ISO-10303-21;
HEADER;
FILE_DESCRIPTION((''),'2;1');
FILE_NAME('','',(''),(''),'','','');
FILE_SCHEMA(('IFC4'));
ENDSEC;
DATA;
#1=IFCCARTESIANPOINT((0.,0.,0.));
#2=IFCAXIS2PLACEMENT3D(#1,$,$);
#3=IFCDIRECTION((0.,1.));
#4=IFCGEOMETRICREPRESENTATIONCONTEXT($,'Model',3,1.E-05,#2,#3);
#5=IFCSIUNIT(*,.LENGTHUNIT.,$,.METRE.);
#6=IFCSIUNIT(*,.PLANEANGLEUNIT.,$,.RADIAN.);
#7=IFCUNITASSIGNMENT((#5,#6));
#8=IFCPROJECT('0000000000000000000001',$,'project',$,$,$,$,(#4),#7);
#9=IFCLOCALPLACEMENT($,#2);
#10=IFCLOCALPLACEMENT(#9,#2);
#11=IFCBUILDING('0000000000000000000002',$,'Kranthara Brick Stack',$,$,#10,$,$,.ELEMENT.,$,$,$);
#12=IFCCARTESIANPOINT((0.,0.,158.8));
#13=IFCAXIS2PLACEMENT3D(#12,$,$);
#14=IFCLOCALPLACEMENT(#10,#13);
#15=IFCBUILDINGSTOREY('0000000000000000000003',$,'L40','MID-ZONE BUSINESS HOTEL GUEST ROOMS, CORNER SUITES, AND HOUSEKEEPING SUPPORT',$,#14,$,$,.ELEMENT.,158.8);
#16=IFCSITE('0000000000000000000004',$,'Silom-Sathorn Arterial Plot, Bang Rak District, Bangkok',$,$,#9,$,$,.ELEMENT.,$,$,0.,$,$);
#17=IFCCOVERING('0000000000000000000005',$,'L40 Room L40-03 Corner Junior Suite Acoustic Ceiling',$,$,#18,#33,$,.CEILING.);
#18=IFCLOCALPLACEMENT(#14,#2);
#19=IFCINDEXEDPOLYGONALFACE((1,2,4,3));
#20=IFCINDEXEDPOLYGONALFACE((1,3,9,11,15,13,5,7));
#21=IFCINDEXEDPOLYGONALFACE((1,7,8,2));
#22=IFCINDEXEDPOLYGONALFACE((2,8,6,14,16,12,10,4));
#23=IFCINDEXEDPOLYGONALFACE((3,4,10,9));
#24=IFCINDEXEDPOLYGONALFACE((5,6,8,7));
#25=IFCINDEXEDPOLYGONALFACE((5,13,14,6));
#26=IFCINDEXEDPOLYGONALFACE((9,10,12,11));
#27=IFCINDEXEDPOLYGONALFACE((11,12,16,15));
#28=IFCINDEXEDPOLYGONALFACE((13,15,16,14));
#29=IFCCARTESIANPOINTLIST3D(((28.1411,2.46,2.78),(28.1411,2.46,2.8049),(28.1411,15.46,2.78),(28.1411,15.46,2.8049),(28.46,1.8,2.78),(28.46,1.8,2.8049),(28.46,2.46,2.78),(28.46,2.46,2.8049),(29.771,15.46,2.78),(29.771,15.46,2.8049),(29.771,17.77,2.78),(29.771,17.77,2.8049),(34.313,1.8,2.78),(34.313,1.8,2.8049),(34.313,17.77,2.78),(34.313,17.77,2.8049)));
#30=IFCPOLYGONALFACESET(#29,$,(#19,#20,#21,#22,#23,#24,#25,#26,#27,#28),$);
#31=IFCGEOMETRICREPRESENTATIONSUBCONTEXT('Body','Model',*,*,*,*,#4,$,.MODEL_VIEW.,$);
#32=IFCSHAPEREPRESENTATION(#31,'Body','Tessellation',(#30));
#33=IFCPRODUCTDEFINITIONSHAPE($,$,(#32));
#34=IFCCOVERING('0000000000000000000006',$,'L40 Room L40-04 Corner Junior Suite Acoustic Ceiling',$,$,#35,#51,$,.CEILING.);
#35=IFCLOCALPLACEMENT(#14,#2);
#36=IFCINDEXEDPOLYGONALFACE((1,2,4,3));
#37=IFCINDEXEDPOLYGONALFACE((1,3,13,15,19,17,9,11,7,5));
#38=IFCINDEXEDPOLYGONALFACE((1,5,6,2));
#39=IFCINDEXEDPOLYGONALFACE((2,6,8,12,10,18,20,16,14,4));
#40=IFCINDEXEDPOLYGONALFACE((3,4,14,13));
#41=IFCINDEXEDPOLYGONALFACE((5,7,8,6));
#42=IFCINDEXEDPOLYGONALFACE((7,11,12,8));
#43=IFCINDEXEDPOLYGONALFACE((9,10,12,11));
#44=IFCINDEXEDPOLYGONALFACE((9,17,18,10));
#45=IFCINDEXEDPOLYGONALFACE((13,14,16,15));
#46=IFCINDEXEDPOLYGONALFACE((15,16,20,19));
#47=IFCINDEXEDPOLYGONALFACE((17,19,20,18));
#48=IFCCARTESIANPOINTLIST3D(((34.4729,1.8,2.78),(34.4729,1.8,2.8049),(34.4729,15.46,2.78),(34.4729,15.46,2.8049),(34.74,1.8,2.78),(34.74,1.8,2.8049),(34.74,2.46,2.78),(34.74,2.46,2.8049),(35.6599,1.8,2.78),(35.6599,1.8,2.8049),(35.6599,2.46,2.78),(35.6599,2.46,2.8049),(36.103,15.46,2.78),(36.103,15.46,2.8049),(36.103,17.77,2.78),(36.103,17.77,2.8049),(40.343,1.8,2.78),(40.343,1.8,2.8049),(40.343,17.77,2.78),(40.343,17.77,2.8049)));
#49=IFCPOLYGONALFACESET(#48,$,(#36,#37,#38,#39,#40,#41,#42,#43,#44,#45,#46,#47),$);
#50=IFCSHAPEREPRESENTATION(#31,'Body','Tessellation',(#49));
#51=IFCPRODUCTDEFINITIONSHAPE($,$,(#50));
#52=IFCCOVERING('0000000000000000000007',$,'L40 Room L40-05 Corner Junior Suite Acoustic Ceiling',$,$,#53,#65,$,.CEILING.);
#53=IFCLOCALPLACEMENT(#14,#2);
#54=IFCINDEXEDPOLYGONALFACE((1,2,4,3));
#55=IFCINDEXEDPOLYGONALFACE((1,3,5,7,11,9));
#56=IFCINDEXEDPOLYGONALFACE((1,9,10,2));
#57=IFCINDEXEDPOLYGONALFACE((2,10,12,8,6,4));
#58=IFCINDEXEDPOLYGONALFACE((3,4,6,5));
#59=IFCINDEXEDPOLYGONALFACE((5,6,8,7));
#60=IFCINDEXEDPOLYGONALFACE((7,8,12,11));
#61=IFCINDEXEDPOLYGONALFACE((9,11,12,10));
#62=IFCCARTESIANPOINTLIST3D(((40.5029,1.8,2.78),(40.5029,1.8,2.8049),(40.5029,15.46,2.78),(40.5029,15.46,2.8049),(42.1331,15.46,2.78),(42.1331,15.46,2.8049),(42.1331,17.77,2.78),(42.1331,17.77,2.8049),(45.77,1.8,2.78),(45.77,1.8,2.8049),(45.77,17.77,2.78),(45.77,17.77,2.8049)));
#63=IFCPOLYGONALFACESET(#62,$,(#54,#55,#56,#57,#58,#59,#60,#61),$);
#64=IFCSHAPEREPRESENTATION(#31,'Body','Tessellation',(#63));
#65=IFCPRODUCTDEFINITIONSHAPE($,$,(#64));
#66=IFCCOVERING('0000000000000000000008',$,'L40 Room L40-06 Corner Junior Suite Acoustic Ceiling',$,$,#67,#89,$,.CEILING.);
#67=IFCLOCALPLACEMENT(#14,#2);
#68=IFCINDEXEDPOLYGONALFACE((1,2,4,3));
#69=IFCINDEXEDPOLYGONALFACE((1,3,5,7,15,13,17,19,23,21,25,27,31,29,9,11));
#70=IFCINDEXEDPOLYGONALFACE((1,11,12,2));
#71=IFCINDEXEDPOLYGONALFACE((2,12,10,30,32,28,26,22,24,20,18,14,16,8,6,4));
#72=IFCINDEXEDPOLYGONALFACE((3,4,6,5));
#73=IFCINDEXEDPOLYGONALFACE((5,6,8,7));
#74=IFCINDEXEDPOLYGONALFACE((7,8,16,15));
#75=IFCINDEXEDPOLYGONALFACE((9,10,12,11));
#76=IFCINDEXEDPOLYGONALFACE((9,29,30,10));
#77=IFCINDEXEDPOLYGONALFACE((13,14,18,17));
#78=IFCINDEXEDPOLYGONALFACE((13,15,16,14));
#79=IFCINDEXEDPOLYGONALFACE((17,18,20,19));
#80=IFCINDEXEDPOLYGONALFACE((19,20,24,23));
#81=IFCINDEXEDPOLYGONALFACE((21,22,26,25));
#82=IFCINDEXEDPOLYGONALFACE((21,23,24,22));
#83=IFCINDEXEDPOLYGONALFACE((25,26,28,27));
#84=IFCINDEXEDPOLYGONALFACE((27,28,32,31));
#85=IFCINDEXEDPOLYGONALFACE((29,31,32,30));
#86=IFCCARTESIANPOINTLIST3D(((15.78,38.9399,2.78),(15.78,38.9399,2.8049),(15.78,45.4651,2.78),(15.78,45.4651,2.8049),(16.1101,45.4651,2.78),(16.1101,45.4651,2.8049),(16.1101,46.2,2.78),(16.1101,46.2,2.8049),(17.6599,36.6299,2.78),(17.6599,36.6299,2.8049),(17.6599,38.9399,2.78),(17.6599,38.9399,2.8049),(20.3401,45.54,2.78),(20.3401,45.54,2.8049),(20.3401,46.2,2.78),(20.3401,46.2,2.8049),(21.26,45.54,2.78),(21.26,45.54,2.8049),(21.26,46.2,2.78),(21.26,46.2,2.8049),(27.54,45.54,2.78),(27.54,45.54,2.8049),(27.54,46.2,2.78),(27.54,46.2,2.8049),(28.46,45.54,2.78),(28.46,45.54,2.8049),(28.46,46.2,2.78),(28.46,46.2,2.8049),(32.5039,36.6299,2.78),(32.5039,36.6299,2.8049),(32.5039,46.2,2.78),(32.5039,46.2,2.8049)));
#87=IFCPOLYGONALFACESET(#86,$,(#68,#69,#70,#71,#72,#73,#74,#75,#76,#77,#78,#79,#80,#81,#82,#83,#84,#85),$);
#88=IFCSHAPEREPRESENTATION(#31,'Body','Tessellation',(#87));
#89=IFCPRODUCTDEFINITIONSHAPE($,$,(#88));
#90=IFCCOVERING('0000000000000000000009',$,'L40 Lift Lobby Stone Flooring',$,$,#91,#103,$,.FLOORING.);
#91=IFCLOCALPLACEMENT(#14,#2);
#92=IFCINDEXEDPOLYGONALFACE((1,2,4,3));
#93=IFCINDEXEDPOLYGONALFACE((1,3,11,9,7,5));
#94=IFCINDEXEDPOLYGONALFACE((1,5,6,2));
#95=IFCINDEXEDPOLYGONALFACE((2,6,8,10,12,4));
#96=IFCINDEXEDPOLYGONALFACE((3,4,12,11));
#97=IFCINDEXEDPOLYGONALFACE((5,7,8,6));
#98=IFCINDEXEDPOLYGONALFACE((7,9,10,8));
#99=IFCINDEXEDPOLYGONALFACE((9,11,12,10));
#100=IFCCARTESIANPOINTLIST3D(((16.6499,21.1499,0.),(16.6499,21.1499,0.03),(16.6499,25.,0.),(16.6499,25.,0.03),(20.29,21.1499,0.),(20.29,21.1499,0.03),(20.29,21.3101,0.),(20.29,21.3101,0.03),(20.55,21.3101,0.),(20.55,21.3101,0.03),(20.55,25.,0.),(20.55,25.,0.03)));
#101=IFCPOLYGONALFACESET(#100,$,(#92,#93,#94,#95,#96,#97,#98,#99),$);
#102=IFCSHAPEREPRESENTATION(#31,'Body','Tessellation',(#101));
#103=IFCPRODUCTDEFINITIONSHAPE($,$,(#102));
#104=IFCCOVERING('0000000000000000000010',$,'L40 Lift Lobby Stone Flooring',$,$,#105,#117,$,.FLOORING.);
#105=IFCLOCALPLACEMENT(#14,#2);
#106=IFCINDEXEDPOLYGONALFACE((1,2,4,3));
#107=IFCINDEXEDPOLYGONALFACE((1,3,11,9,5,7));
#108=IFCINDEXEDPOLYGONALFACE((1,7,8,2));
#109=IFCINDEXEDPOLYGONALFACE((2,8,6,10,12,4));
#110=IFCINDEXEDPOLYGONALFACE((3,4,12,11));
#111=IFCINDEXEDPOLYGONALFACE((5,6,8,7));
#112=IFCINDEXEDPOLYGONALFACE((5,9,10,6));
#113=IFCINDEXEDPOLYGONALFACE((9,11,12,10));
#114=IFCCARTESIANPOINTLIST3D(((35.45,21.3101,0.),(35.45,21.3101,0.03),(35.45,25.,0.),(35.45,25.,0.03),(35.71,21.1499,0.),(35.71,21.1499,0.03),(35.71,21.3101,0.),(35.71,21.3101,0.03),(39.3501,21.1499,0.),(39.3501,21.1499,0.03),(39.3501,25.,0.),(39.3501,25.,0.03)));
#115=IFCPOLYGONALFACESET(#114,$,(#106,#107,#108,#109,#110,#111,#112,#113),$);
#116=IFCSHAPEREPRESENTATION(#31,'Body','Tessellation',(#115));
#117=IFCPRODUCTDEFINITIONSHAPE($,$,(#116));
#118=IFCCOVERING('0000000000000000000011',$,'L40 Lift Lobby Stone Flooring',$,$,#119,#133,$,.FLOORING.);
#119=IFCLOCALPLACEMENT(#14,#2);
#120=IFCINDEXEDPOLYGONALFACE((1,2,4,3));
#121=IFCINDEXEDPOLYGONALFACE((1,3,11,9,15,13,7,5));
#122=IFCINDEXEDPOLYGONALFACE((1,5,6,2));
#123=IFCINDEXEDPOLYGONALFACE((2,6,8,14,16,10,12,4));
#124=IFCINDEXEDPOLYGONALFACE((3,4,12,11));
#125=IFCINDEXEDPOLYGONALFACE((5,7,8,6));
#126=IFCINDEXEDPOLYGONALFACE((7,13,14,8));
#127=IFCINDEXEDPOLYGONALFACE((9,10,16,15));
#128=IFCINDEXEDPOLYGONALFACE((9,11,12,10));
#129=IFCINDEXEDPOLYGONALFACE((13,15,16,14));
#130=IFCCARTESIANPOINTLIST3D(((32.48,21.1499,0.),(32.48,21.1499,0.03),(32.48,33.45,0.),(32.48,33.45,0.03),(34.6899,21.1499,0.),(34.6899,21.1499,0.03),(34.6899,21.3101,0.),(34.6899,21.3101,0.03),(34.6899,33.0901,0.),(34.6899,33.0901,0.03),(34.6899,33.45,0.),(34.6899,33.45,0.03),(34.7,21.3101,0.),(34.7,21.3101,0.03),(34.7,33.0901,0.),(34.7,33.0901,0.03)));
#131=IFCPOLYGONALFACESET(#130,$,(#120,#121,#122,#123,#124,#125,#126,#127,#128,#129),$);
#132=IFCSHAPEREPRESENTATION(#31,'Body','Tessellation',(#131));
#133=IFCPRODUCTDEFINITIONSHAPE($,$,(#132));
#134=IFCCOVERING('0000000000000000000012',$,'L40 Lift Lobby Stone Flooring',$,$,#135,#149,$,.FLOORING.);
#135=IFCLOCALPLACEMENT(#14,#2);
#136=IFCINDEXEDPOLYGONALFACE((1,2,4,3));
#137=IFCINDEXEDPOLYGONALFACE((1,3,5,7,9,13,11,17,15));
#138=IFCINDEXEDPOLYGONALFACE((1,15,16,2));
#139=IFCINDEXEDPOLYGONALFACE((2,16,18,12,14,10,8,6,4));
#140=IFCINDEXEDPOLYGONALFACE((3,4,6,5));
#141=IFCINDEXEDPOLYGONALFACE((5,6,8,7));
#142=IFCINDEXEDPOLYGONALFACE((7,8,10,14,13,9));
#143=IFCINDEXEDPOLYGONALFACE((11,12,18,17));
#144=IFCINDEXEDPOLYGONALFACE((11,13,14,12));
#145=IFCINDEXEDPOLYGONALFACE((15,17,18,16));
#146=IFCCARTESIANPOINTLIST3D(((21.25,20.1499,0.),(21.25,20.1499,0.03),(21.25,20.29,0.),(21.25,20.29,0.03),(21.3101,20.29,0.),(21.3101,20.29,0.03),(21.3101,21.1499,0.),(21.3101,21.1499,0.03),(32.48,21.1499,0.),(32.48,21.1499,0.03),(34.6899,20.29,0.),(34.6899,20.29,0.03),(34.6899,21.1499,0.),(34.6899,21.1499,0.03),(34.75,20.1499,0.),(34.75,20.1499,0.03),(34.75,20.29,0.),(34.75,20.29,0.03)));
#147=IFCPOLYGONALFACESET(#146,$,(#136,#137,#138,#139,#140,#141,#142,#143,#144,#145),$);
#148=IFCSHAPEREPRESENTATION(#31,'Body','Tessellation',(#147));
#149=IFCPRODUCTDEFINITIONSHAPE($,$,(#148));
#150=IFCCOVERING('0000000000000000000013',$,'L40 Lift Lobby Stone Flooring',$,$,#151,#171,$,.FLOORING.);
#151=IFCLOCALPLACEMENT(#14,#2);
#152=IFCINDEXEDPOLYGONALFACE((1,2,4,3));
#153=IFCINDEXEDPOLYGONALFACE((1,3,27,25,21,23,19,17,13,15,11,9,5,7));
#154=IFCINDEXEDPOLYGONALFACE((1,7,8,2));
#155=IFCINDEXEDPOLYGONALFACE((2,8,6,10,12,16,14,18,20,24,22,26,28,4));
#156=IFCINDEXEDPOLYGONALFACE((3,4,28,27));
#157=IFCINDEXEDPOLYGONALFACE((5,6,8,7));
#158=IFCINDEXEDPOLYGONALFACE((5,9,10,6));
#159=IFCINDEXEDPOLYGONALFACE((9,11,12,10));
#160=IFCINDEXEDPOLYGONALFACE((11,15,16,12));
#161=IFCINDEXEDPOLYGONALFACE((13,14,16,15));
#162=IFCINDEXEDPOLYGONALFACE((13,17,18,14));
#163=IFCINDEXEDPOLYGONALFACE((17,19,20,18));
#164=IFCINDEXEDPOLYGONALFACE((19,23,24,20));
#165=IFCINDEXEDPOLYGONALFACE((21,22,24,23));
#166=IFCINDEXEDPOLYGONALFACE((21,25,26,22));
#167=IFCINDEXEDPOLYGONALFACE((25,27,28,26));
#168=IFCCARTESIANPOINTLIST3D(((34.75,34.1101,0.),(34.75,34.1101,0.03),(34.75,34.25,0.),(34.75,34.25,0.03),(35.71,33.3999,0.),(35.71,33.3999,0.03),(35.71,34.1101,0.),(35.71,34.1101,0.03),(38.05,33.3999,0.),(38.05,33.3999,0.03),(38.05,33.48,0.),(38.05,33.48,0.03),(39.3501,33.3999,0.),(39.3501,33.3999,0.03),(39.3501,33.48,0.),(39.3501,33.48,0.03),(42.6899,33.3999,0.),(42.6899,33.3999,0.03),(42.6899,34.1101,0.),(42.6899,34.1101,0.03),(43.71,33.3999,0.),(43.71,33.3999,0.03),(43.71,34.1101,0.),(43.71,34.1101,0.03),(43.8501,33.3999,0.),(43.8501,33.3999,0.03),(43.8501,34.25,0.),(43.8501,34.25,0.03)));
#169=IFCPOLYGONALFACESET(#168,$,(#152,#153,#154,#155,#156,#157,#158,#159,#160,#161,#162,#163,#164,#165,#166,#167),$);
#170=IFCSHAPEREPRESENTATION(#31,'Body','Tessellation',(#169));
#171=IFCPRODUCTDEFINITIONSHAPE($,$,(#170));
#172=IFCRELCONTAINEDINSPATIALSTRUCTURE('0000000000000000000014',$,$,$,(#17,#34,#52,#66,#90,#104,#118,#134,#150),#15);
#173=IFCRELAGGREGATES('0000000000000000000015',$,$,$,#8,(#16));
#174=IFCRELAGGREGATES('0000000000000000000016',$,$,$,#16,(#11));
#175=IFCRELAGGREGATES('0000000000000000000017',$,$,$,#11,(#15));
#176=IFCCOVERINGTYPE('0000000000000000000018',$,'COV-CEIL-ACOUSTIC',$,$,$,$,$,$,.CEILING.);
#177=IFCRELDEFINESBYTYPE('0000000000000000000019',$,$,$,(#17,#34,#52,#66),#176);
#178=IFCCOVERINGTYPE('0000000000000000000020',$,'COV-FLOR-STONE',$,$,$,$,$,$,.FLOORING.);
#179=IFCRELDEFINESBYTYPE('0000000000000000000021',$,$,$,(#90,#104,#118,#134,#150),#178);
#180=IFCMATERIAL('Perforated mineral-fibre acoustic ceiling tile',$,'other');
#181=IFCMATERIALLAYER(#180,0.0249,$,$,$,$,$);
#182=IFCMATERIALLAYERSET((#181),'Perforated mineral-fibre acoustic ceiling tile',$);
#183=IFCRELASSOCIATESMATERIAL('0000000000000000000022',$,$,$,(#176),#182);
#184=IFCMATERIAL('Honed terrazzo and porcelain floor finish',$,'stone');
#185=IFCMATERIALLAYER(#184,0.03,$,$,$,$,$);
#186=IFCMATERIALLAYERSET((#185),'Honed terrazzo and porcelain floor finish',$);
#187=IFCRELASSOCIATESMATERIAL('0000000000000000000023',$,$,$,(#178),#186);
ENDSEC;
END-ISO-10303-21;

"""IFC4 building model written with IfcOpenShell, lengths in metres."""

from ifc_helpers import new_model, si_unit, direction, frame, origin, place, context, subcontext, project, spatial, polyline, outline, extrude, material, layer, layer_set, type_object, element, save


model = new_model("IFC4")

# Units and contexts
model_context = context("Model", 3, precision=1e-05, world=origin(), true_north=direction((0.0, 1.0)))
body_context = subcontext(model_context, "Body", "Model", "MODEL_VIEW")
ifc_project = project(units=[si_unit("LENGTHUNIT", "METRE"), si_unit("PLANEANGLEUNIT", "RADIAN")], contexts=[model_context])

# Site, building, storey
site_placement = place(None, origin())
site = spatial("IfcSite", under=ifc_project, at=site_placement, Name="Silom-Sathorn Arterial Plot, Bang Rak District, Bangkok", CompositionType="ELEMENT", RefElevation=0.0)
building_placement = place(site_placement, origin())
building = spatial("IfcBuilding", under=site, at=building_placement, Name="Kranthara Brick Stack", CompositionType="ELEMENT")
storey_placement = place(building_placement, frame((0.0, 0.0, 158.8)))
storey = spatial("IfcBuildingStorey", under=building, at=storey_placement, Name="L40", Description="MID-ZONE BUSINESS HOTEL GUEST ROOMS, CORNER SUITES, AND HOUSEKEEPING SUPPORT", CompositionType="ELEMENT", Elevation=158.8)

# Coverings
ifc_material_1 = material(Name="Perforated mineral-fibre acoustic ceiling tile", Category="other")
ifc_layer_1 = layer(ifc_material_1, 0.0249)
ifc_layer_set_1 = layer_set([ifc_layer_1], Name="Perforated mineral-fibre acoustic ceiling tile")
covering_type_1 = type_object("IfcCoveringType", Name="COV-CEIL-ACOUSTIC", PredefinedType="CEILING", material=ifc_layer_set_1)
covering_1_placement = place(storey_placement, frame((0.0, 0.0, 2.78)))
element("IfcCovering", 1, at=covering_1_placement, inside=storey, type_object=covering_type_1, Name="L40 Room L40-03 Corner Junior Suite Acoustic Ceiling", PredefinedType="CEILING", context=body_context, shape_type="SweptSolid", body=[
    extrude(outline(polyline([(28.1411, 15.46), (29.771, 15.46), (29.771, 17.77), (34.313, 17.77), (34.313, 1.8), (28.46, 1.8), (28.46, 2.46), (28.1411, 2.46), (28.1411, 15.46)])), origin(), (0.0, 0.0, 1.0), 0.0249),
])
covering_2_placement = place(storey_placement, frame((0.0, 0.0, 2.78)))
element("IfcCovering", 2, at=covering_2_placement, inside=storey, type_object=covering_type_1, Name="L40 Room L40-04 Corner Junior Suite Acoustic Ceiling", PredefinedType="CEILING", context=body_context, shape_type="SweptSolid", body=[
    extrude(outline(polyline([(34.4729, 1.8), (34.4729, 15.46), (36.103, 15.46), (36.103, 17.77), (40.343, 17.77), (40.343, 1.8), (35.6599, 1.8), (35.6599, 2.46), (34.74, 2.46), (34.74, 1.8), (34.4729, 1.8)])), origin(), (0.0, 0.0, 1.0), 0.0249),
])
covering_3_placement = place(storey_placement, frame((0.0, 0.0, 2.78)))
element("IfcCovering", 3, at=covering_3_placement, inside=storey, type_object=covering_type_1, Name="L40 Room L40-05 Corner Junior Suite Acoustic Ceiling", PredefinedType="CEILING", context=body_context, shape_type="SweptSolid", body=[
    extrude(outline(polyline([(40.5029, 1.8), (45.77, 1.8), (45.77, 17.77), (42.1331, 17.77), (42.1331, 15.46), (40.5029, 15.46), (40.5029, 1.8)])), origin(), (0.0, 0.0, 1.0), 0.0249),
])
covering_4_placement = place(storey_placement, frame((0.0, 0.0, 2.78)))
element("IfcCovering", 4, at=covering_4_placement, inside=storey, type_object=covering_type_1, Name="L40 Room L40-06 Corner Junior Suite Acoustic Ceiling", PredefinedType="CEILING", context=body_context, shape_type="SweptSolid", body=[
    extrude(outline(polyline([(17.6599, 36.6299), (17.6599, 38.9399), (15.78, 38.9399), (15.78, 45.4651), (16.1101, 45.4651), (16.1101, 46.2), (20.3401, 46.2), (20.3401, 45.54), (21.26, 45.54), (21.26, 46.2), (27.54, 46.2), (27.54, 45.54), (28.46, 45.54), (28.46, 46.2), (32.5039, 46.2), (32.5039, 36.6299), (17.6599, 36.6299)])), origin(), (0.0, 0.0, 1.0), 0.0249),
])
ifc_material_2 = material(Name="Honed terrazzo and porcelain floor finish", Category="stone")
ifc_layer_2 = layer(ifc_material_2, 0.03)
ifc_layer_set_2 = layer_set([ifc_layer_2], Name="Honed terrazzo and porcelain floor finish")
covering_type_2 = type_object("IfcCoveringType", Name="COV-FLOR-STONE", PredefinedType="FLOORING", material=ifc_layer_set_2)
covering_5_placement = place(storey_placement, origin())
element("IfcCovering", 5, at=covering_5_placement, inside=storey, type_object=covering_type_2, Name="L40 Lift Lobby Stone Flooring", PredefinedType="FLOORING", context=body_context, shape_type="SweptSolid", body=[
    extrude(outline(polyline([(16.6499, 21.1499), (16.6499, 25.0), (20.55, 25.0), (20.55, 21.3101), (20.29, 21.3101), (20.29, 21.1499), (16.6499, 21.1499)])), origin(), (0.0, 0.0, 1.0), 0.03),
])
covering_6_placement = place(storey_placement, origin())
element("IfcCovering", 6, at=covering_6_placement, inside=storey, type_object=covering_type_2, Name="L40 Lift Lobby Stone Flooring", PredefinedType="FLOORING", context=body_context, shape_type="SweptSolid", body=[
    extrude(outline(polyline([(35.45, 25.0), (39.3501, 25.0), (39.3501, 21.1499), (35.71, 21.1499), (35.71, 21.3101), (35.45, 21.3101), (35.45, 25.0)])), origin(), (0.0, 0.0, 1.0), 0.03),
])
covering_7_placement = place(storey_placement, origin())
element("IfcCovering", 7, at=covering_7_placement, inside=storey, type_object=covering_type_2, Name="L40 Lift Lobby Stone Flooring", PredefinedType="FLOORING", context=body_context, shape_type="SweptSolid", body=[
    extrude(outline(polyline([(32.48, 33.45), (34.6899, 33.45), (34.6899, 33.0901), (34.7, 33.0901), (34.7, 21.3101), (34.6899, 21.3101), (34.6899, 21.1499), (32.48, 21.1499), (32.48, 33.45)])), origin(), (0.0, 0.0, 1.0), 0.03),
])
covering_8_placement = place(storey_placement, origin())
element("IfcCovering", 8, at=covering_8_placement, inside=storey, type_object=covering_type_2, Name="L40 Lift Lobby Stone Flooring", PredefinedType="FLOORING", context=body_context, shape_type="SweptSolid", body=[
    extrude(outline(polyline([(21.25, 20.29), (21.3101, 20.29), (21.3101, 21.1499), (32.48, 21.1499), (34.6899, 21.1499), (34.6899, 20.29), (34.75, 20.29), (34.75, 20.1499), (21.25, 20.1499), (21.25, 20.29)])), origin(), (0.0, 0.0, 1.0), 0.03),
])
covering_9_placement = place(storey_placement, origin())
element("IfcCovering", 9, at=covering_9_placement, inside=storey, type_object=covering_type_2, Name="L40 Lift Lobby Stone Flooring", PredefinedType="FLOORING", context=body_context, shape_type="SweptSolid", body=[
    extrude(outline(polyline([(43.71, 33.3999), (43.71, 34.1101), (42.6899, 34.1101), (42.6899, 33.3999), (39.3501, 33.3999), (39.3501, 33.48), (38.05, 33.48), (38.05, 33.3999), (35.71, 33.3999), (35.71, 34.1101), (34.75, 34.1101), (34.75, 34.25), (43.8501, 34.25), (43.8501, 33.3999), (43.71, 33.3999)])), origin(), (0.0, 0.0, 1.0), 0.03),
])

save(model, "model.ifc")
